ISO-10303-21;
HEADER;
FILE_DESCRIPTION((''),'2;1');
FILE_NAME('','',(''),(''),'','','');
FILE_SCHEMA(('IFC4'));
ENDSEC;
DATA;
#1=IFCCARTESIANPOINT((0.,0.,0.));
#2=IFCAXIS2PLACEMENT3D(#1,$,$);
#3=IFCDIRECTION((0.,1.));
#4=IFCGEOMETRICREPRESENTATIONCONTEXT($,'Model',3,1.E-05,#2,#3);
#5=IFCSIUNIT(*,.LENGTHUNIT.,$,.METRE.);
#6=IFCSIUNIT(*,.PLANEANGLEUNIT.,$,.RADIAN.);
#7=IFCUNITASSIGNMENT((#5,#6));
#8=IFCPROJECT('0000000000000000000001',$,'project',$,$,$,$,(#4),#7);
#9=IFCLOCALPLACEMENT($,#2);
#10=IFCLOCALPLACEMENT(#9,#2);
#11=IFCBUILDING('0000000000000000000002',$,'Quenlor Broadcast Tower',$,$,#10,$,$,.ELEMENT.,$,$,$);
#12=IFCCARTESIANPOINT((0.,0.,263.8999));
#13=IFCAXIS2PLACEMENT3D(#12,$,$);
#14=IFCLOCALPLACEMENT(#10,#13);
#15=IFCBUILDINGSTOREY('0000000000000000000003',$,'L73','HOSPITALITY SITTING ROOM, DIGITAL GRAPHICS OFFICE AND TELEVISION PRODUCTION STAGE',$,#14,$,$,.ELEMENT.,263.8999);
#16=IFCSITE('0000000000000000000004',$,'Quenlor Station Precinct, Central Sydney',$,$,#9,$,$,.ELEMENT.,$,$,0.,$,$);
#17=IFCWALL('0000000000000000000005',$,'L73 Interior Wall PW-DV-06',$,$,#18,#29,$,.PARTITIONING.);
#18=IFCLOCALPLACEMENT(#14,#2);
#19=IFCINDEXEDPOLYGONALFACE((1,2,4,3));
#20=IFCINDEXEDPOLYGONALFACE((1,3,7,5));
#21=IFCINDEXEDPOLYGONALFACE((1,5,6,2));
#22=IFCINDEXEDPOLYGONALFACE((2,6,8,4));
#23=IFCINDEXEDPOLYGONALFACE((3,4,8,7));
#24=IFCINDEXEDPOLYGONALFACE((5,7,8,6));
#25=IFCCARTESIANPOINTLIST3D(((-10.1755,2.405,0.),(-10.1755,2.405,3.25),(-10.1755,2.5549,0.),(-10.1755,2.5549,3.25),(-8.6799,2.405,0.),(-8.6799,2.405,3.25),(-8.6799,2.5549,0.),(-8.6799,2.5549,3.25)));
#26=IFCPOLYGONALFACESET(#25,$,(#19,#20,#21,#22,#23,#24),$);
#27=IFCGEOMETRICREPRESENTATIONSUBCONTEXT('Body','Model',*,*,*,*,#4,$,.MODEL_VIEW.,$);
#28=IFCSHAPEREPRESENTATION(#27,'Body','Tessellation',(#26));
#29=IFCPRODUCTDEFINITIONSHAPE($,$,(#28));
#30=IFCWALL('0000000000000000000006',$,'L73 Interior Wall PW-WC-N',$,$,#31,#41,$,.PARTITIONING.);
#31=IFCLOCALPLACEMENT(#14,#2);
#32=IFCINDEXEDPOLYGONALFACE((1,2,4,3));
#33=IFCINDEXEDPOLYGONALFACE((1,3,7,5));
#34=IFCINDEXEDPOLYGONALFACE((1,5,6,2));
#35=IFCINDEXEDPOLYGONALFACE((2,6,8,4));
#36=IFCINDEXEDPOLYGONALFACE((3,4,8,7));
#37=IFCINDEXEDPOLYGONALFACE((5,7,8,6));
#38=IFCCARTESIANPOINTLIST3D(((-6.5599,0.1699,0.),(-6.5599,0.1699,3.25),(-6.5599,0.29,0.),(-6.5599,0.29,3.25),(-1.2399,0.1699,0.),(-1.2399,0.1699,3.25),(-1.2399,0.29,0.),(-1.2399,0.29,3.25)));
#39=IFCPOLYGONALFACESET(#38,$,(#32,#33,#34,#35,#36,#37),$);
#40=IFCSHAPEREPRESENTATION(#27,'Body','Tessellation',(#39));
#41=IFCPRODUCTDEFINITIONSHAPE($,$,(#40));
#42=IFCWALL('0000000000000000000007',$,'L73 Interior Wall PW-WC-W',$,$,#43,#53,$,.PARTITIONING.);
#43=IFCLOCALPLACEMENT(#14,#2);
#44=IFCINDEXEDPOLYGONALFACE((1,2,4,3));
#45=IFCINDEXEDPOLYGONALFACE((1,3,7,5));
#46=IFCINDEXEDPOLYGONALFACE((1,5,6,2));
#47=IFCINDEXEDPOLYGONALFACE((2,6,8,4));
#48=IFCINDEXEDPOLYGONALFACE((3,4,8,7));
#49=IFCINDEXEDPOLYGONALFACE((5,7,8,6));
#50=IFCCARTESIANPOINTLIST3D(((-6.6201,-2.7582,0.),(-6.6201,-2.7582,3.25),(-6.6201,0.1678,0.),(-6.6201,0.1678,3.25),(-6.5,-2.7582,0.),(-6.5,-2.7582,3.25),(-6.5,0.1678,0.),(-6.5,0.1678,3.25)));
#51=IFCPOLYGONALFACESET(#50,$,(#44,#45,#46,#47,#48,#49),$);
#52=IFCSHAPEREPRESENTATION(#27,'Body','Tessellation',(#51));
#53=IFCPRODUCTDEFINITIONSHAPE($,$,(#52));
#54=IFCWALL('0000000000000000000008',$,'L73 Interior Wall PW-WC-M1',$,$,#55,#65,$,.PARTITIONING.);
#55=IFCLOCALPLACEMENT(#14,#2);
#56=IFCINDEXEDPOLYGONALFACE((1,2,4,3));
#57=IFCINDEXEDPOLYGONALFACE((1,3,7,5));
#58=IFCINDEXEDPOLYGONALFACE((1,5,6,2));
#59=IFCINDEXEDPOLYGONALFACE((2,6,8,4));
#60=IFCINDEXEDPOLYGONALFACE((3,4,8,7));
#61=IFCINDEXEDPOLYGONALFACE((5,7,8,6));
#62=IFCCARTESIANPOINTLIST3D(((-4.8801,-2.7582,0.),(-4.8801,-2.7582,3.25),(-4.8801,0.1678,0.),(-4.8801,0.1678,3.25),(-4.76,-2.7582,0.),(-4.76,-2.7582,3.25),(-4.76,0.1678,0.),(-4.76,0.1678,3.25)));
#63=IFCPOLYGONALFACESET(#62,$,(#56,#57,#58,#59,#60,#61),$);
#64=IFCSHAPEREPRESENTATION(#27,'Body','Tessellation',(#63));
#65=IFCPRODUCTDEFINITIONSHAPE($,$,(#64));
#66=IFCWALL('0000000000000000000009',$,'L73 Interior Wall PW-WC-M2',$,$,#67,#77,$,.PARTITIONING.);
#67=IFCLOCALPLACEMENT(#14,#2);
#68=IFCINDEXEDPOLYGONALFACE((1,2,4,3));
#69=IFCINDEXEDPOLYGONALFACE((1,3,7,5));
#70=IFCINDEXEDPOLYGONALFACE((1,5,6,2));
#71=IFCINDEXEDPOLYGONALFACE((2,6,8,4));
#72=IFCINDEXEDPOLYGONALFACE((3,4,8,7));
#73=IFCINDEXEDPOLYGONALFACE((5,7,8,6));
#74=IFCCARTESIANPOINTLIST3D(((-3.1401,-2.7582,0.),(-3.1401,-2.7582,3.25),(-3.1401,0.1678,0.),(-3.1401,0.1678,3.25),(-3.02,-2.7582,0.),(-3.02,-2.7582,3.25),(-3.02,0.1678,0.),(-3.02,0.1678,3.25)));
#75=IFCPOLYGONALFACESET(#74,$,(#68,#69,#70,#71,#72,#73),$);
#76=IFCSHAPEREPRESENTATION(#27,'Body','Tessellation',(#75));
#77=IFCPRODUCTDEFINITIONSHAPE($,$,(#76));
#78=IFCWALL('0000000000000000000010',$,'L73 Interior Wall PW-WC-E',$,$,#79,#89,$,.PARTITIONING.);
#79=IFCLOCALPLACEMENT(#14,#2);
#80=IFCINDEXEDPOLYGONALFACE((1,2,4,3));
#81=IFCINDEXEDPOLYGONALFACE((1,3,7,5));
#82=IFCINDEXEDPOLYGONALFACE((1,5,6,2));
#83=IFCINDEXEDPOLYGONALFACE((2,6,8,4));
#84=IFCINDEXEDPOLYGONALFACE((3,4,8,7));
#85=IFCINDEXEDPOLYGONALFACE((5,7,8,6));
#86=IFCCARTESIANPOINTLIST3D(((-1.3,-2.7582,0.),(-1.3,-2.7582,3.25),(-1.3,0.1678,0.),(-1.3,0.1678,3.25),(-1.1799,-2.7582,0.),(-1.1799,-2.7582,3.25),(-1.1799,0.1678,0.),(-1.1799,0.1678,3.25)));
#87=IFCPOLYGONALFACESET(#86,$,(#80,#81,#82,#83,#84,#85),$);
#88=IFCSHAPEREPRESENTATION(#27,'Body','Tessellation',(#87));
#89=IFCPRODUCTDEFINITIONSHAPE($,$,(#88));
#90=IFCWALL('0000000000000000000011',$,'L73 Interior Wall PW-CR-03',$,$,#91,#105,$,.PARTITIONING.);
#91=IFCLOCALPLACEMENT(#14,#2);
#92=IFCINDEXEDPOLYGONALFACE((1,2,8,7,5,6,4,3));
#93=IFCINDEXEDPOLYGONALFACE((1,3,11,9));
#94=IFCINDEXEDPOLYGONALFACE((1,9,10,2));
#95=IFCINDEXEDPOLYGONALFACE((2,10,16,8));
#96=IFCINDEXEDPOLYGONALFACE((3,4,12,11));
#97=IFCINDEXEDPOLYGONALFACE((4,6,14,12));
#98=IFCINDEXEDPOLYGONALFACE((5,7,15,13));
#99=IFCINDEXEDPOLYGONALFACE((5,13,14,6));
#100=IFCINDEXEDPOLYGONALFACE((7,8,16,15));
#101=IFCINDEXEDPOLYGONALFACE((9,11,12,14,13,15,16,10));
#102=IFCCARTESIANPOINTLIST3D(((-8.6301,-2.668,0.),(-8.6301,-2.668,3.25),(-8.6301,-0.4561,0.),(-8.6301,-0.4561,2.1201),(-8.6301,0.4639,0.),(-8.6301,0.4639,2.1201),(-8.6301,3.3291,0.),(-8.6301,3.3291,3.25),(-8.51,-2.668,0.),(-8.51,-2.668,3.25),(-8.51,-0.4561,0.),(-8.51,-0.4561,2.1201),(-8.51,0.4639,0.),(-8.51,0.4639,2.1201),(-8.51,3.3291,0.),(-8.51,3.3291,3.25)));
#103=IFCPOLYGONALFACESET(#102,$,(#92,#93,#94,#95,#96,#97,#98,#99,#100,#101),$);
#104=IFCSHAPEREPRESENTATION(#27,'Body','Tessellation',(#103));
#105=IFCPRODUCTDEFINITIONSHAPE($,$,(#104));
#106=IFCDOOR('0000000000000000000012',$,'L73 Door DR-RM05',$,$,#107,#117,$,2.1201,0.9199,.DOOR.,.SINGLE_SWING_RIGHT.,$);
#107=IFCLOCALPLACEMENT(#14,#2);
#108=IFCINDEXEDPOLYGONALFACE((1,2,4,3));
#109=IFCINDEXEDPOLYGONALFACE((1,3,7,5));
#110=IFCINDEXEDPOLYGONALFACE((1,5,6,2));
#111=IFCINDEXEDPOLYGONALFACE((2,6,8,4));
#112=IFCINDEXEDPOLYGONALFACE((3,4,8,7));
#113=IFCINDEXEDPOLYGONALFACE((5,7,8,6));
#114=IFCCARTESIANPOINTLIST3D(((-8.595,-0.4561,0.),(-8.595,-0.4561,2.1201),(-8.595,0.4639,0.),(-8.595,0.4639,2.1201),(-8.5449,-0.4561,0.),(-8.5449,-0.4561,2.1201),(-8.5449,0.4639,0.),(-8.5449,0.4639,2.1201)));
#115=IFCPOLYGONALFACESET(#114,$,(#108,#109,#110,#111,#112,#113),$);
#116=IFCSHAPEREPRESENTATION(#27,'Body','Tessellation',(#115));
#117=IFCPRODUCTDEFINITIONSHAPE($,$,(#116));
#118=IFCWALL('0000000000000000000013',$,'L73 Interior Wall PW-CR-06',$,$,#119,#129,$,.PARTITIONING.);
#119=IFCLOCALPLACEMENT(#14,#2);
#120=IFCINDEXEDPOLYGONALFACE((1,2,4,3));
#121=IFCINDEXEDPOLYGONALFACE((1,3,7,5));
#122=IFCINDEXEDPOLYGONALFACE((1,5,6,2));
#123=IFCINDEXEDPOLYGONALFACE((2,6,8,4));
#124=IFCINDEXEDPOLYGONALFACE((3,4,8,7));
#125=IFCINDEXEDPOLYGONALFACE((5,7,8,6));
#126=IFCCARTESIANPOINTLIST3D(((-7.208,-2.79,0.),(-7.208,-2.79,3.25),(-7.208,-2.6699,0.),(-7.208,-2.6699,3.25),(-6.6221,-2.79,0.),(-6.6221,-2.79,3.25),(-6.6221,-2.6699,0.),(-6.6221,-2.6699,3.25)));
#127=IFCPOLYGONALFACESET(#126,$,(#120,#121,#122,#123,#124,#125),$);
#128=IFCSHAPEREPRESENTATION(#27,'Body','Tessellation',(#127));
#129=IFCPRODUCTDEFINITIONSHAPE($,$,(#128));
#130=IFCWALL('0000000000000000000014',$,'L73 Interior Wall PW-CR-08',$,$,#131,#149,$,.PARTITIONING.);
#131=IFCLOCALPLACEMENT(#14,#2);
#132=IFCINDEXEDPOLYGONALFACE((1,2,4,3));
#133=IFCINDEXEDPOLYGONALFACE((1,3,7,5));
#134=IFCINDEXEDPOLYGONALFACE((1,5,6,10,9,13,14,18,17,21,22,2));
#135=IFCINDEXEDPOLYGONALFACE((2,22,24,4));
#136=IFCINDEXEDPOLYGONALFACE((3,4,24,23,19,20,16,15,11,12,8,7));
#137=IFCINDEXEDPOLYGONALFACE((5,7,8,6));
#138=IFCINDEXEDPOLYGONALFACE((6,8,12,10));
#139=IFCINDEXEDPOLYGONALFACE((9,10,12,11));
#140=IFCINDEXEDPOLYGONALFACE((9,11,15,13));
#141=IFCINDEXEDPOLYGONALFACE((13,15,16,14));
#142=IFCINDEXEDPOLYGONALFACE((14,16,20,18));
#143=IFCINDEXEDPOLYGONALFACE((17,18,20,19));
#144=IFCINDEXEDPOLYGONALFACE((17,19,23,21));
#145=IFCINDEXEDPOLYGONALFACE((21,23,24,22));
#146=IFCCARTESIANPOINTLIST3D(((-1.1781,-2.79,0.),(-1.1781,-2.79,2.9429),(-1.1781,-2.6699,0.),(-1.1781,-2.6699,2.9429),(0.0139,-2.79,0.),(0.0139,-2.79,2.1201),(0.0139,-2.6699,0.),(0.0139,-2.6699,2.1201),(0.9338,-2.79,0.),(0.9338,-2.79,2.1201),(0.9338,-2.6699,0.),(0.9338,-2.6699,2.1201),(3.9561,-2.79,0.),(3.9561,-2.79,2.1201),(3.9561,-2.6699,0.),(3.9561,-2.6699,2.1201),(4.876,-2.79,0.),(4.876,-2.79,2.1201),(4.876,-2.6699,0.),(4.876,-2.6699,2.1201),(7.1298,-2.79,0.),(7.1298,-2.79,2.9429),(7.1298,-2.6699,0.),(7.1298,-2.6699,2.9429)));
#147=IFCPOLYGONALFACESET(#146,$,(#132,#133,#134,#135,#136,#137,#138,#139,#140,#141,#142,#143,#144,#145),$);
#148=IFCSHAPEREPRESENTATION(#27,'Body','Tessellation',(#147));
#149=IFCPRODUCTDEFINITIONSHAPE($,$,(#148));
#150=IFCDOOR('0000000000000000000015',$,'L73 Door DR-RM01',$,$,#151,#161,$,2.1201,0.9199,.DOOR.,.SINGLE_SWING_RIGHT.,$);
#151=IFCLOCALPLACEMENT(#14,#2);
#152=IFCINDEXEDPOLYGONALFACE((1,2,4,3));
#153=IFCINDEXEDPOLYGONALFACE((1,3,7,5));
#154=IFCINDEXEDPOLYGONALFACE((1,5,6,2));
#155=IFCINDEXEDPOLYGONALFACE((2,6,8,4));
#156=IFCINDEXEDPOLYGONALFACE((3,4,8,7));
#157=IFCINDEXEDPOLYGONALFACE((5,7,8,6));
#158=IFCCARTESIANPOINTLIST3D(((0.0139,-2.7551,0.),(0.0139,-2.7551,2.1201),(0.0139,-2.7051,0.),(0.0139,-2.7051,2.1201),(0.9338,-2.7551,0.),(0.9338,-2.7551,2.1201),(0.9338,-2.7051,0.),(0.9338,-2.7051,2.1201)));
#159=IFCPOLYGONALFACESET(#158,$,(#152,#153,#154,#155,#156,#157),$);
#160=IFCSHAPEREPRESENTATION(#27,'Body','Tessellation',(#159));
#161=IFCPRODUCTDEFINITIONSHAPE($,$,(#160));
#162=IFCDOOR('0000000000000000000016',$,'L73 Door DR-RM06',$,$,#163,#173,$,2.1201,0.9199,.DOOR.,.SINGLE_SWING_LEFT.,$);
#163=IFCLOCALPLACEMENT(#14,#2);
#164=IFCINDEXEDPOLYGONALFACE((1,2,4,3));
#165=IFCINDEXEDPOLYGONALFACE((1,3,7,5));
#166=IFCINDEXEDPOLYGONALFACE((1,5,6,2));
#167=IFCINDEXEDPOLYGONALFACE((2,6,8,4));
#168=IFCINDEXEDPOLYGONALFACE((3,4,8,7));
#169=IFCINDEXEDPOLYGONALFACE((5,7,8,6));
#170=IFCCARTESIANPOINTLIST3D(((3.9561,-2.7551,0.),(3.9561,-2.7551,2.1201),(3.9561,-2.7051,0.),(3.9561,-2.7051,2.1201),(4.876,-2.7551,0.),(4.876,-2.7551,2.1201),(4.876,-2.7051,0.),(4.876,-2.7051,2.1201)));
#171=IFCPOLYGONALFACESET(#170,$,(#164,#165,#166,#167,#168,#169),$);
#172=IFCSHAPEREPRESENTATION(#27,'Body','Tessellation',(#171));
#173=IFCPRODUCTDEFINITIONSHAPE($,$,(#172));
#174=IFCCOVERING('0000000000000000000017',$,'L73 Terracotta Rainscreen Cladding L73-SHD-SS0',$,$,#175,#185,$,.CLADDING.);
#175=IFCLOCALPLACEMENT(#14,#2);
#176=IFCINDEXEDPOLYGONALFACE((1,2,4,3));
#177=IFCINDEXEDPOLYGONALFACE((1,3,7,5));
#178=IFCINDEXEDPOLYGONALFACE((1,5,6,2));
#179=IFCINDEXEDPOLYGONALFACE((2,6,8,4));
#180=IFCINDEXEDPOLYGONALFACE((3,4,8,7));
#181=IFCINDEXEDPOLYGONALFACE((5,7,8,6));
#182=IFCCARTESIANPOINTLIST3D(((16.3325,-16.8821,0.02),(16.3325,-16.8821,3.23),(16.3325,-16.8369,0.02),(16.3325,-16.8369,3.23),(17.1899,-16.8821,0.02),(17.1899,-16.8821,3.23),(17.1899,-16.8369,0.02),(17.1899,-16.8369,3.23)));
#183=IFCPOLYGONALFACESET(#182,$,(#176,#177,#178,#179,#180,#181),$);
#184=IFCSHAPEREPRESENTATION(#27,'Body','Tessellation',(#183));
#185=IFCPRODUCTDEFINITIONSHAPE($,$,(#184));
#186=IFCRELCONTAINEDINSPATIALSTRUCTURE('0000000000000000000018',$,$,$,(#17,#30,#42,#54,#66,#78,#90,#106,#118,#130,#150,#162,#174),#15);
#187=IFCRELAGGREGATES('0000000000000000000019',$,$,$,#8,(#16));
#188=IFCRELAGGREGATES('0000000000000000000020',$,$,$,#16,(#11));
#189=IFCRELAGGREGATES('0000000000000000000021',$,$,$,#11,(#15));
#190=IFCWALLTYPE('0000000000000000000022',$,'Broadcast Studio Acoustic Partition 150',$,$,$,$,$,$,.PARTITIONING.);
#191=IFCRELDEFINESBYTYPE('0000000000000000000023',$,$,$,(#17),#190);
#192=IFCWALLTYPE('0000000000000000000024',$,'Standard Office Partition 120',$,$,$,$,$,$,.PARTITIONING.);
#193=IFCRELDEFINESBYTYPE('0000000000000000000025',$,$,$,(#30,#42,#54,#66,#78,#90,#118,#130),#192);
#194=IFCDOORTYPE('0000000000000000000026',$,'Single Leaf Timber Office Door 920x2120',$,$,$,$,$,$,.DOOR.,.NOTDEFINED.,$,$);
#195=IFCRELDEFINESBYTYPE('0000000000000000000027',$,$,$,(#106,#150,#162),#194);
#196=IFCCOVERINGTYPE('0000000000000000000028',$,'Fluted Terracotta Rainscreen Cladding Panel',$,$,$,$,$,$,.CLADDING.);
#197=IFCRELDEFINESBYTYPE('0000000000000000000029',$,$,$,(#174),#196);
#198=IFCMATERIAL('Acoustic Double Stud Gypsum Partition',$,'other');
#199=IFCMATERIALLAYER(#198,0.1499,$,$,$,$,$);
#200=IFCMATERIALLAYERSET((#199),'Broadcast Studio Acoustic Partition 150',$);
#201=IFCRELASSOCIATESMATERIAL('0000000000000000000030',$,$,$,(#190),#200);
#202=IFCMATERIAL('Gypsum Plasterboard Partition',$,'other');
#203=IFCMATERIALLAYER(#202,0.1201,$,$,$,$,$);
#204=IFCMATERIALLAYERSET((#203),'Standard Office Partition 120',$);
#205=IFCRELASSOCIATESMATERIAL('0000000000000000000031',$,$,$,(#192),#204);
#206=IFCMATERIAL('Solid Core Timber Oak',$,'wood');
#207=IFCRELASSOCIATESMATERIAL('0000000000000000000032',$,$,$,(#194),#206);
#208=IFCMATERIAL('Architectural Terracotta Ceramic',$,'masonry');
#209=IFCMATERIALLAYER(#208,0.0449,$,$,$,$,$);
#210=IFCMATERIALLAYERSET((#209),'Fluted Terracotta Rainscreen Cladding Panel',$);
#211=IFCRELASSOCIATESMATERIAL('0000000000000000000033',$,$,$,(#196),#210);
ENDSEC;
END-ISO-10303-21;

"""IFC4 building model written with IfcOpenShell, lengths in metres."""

from ifc_helpers import new_model, si_unit, direction, frame, frame_2d, origin, place, context, subcontext, project, spatial, polyline, rectangle, outline, extrude, material, layer, layer_set, type_object, element, fill, save


model = new_model("IFC4")

# Units and contexts
model_context = context("Model", 3, precision=1e-05, world=origin(), true_north=direction((0.0, 1.0)))
body_context = subcontext(model_context, "Body", "Model", "MODEL_VIEW")
ifc_project = project(units=[si_unit("LENGTHUNIT", "METRE"), si_unit("PLANEANGLEUNIT", "RADIAN")], contexts=[model_context])

# Site, building, storey
site_placement = place(None, origin())
site = spatial("IfcSite", under=ifc_project, at=site_placement, Name="Quenlor Station Precinct, Central Sydney", CompositionType="ELEMENT", RefElevation=0.0)
building_placement = place(site_placement, origin())
building = spatial("IfcBuilding", under=site, at=building_placement, Name="Quenlor Broadcast Tower", CompositionType="ELEMENT")
storey_placement = place(building_placement, frame((0.0, 0.0, 263.8999)))
storey = spatial("IfcBuildingStorey", under=building, at=storey_placement, Name="L73", Description="HOSPITALITY SITTING ROOM, DIGITAL GRAPHICS OFFICE AND TELEVISION PRODUCTION STAGE", CompositionType="ELEMENT", Elevation=263.8999)

# Walls
ifc_material_1 = material(Name="Acoustic Double Stud Gypsum Partition", Category="other")
ifc_layer_1 = layer(ifc_material_1, 0.1499)
ifc_layer_set_1 = layer_set([ifc_layer_1], Name="Broadcast Studio Acoustic Partition 150")
wall_type_1 = type_object("IfcWallType", Name="Broadcast Studio Acoustic Partition 150", PredefinedType="PARTITIONING", material=ifc_layer_set_1)
wall_1_placement = place(storey_placement, frame((-8.6799, 2.48, 0.0), z_axis=(0.0, 0.0, 1.0), x_axis=(-1.0, 0.0, 0.0)))
element("IfcWall", 1, at=wall_1_placement, inside=storey, type_object=wall_type_1, Name="L73 Interior Wall PW-DV-06", PredefinedType="PARTITIONING", context=body_context, shape_type="SweptSolid", body=[
    extrude(rectangle(XDim=1.4956, YDim=0.1499, at=frame_2d((0.7478, 0.0))), origin(), (0.0, 0.0, 1.0), 3.25),
])
ifc_material_2 = material(Name="Gypsum Plasterboard Partition", Category="other")
ifc_layer_2 = layer(ifc_material_2, 0.1201)
ifc_layer_set_2 = layer_set([ifc_layer_2], Name="Standard Office Partition 120")
wall_type_2 = type_object("IfcWallType", Name="Standard Office Partition 120", PredefinedType="PARTITIONING", material=ifc_layer_set_2)
wall_2_placement = place(storey_placement, frame((-6.5601, 0.23, 0.0), z_axis=(0.0, 0.0, 1.0), x_axis=(1.0, 0.0, 0.0)))
element("IfcWall", 2, at=wall_2_placement, inside=storey, type_object=wall_type_2, Name="L73 Interior Wall PW-WC-N", PredefinedType="PARTITIONING", context=body_context, shape_type="SweptSolid", body=[
    extrude(rectangle(XDim=5.3201, YDim=0.1201, at=frame_2d((2.6602, 0.0))), origin(), (0.0, 0.0, 1.0), 3.25),
])
for number, where, z_axis, x_axis, name in (
    (3, (-6.5601, -2.7581, 0.0), (0.0, 0.0, 1.0), (0.0, 1.0, 0.0), "L73 Interior Wall PW-WC-W"),
    (4, (-4.8201, -2.7581, 0.0), (0.0, 0.0, 1.0), (0.0, 1.0, 0.0), "L73 Interior Wall PW-WC-M1"),
    (5, (-3.0801, -2.7581, 0.0), (0.0, 0.0, 1.0), (0.0, 1.0, 0.0), "L73 Interior Wall PW-WC-M2"),
    (6, (-1.24, -2.7581, 0.0), (0.0, 0.0, 1.0), (0.0, 1.0, 0.0), "L73 Interior Wall PW-WC-E"),
):
    element("IfcWall", number, at=place(storey_placement, frame(where, z_axis=z_axis, x_axis=x_axis)), inside=storey, type_object=wall_type_2, Name=name, PredefinedType="PARTITIONING", context=body_context, shape_type="SweptSolid", body=[
        extrude(rectangle(XDim=2.926, YDim=0.1201, at=frame_2d((1.4629, 0.0))), origin(), (0.0, 0.0, 1.0), 3.25),
    ])

# Wall, opening, door
wall_3_placement = place(storey_placement, frame((-8.5701, -2.668, 0.0), z_axis=(0.0, 0.0, 1.0), x_axis=(0.0, 1.0, 0.0)))
wall_3 = element("IfcWall", 7, at=wall_3_placement, inside=storey, type_object=wall_type_2, Name="L73 Interior Wall PW-CR-03", PredefinedType="PARTITIONING", context=body_context, shape_type="SweptSolid", body=[
    extrude(rectangle(XDim=5.9971, YDim=0.1201, at=frame_2d((2.9985, 0.0))), origin(), (0.0, 0.0, 1.0), 3.25),
])
opening_1_placement = place(wall_3_placement, frame((2.2119, 0.0, 0.0)))
opening_1 = element("IfcOpeningElement", 8, at=opening_1_placement, cuts=wall_3, PredefinedType="OPENING", context=body_context, shape_type="SweptSolid", body=[
    extrude(rectangle(XDim=0.9199, YDim=2.1201, at=frame_2d((0.46, 1.0601))), frame((0.0, 0.0701, 0.0), z_axis=(0.0, -1.0, 0.0), x_axis=(1.0, 0.0, 0.0)), (0.0, 0.0, 1.0), 0.1401),
])
ifc_material_3 = material(Name="Solid Core Timber Oak", Category="wood")
door_type = type_object("IfcDoorType", Name="Single Leaf Timber Office Door 920x2120", OperationType="NOTDEFINED", PredefinedType="DOOR", material=ifc_material_3)
door_1_placement = place(opening_1_placement, origin())
door_1 = element("IfcDoor", 9, at=door_1_placement, inside=storey, type_object=door_type, Name="L73 Door DR-RM05", OperationType="SINGLE_SWING_RIGHT", OverallHeight=2.1201, OverallWidth=0.9199, PredefinedType="DOOR", context=body_context, shape_type="SweptSolid", body=[
    extrude(rectangle(XDim=0.9199, YDim=2.1201, at=frame_2d((0.46, 1.0601))), frame((0.0, 0.0249, 0.0), z_axis=(0.0, -1.0, 0.0), x_axis=(1.0, 0.0, 0.0)), (0.0, 0.0, 1.0), 0.05),
])
fill(opening_1, door_1)

# Wall
wall_4_placement = place(storey_placement, frame((-7.208, -2.73, 0.0), z_axis=(0.0, 0.0, 1.0), x_axis=(1.0, 0.0, 0.0)))
element("IfcWall", 10, at=wall_4_placement, inside=storey, type_object=wall_type_2, Name="L73 Interior Wall PW-CR-06", PredefinedType="PARTITIONING", context=body_context, shape_type="SweptSolid", body=[
    extrude(rectangle(XDim=0.5859, YDim=0.1201, at=frame_2d((0.293, 0.0))), origin(), (0.0, 0.0, 1.0), 3.25),
])

# Wall, openings, doors
wall_5_placement = place(storey_placement, frame((-1.178, -2.73, 0.0), z_axis=(0.0, 0.0, 1.0), x_axis=(1.0, 0.0, 0.0)))
wall_5 = element("IfcWall", 11, at=wall_5_placement, inside=storey, type_object=wall_type_2, Name="L73 Interior Wall PW-CR-08", PredefinedType="PARTITIONING", context=body_context, shape_type="SweptSolid", body=[
    extrude(rectangle(XDim=8.3079, YDim=0.1201, at=frame_2d((4.1538, 0.0))), origin(), (0.0, 0.0, 1.0), 2.9429),
])
opening_2_placement = place(wall_5_placement, frame((1.1919, 0.0, 0.0)))
opening_2 = element("IfcOpeningElement", 12, at=opening_2_placement, cuts=wall_5, PredefinedType="OPENING", context=body_context, shape_type="SweptSolid", body=[
    extrude(rectangle(XDim=0.9199, YDim=2.1201, at=frame_2d((0.46, 1.0601))), frame((0.0, 0.0701, 0.0), z_axis=(0.0, -1.0, 0.0), x_axis=(1.0, 0.0, 0.0)), (0.0, 0.0, 1.0), 0.1401),
])
opening_3_placement = place(wall_5_placement, frame((5.134, 0.0, 0.0)))
opening_3 = element("IfcOpeningElement", 13, at=opening_3_placement, cuts=wall_5, PredefinedType="OPENING", context=body_context, shape_type="SweptSolid", body=[
    extrude(rectangle(XDim=0.9199, YDim=2.1201, at=frame_2d((0.46, 1.0601))), frame((0.0, 0.0701, 0.0), z_axis=(0.0, -1.0, 0.0), x_axis=(1.0, 0.0, 0.0)), (0.0, 0.0, 1.0), 0.1401),
])
door_2_placement = place(opening_2_placement, origin())
door_2 = element("IfcDoor", 14, at=door_2_placement, inside=storey, type_object=door_type, Name="L73 Door DR-RM01", OperationType="SINGLE_SWING_RIGHT", OverallHeight=2.1201, OverallWidth=0.9199, PredefinedType="DOOR", context=body_context, shape_type="SweptSolid", body=[
    extrude(rectangle(XDim=0.9199, YDim=2.1201, at=frame_2d((0.46, 1.0601))), frame((0.0, 0.0249, 0.0), z_axis=(0.0, -1.0, 0.0), x_axis=(1.0, 0.0, 0.0)), (0.0, 0.0, 1.0), 0.05),
])
fill(opening_2, door_2)
door_3_placement = place(opening_3_placement, origin())
door_3 = element("IfcDoor", 15, at=door_3_placement, inside=storey, type_object=door_type, Name="L73 Door DR-RM06", OperationType="SINGLE_SWING_LEFT", OverallHeight=2.1201, OverallWidth=0.9199, PredefinedType="DOOR", context=body_context, shape_type="SweptSolid", body=[
    extrude(rectangle(XDim=0.9199, YDim=2.1201, at=frame_2d((0.46, 1.0601))), frame((0.0, 0.0249, 0.0), z_axis=(0.0, -1.0, 0.0), x_axis=(1.0, 0.0, 0.0)), (0.0, 0.0, 1.0), 0.05),
])
fill(opening_3, door_3)

# Covering
ifc_material_4 = material(Name="Architectural Terracotta Ceramic", Category="masonry")
ifc_layer_3 = layer(ifc_material_4, 0.0449)
ifc_layer_set_3 = layer_set([ifc_layer_3], Name="Fluted Terracotta Rainscreen Cladding Panel")
covering_type = type_object("IfcCoveringType", Name="Fluted Terracotta Rainscreen Cladding Panel", PredefinedType="CLADDING", material=ifc_layer_set_3)
covering_1_placement = place(storey_placement, frame((0.0, 0.0, 0.02)))
element("IfcCovering", 16, at=covering_1_placement, inside=storey, type_object=covering_type, Name="L73 Terracotta Rainscreen Cladding L73-SHD-SS0", PredefinedType="CLADDING", context=body_context, shape_type="SweptSolid", body=[
    extrude(outline(polyline([(17.1899, -16.8369), (16.3325, -16.8369), (16.3325, -16.8821), (17.1899, -16.8821), (17.1899, -16.8369)])), origin(), (0.0, 0.0, 1.0), 3.21),
])

save(model, "model.ifc")
